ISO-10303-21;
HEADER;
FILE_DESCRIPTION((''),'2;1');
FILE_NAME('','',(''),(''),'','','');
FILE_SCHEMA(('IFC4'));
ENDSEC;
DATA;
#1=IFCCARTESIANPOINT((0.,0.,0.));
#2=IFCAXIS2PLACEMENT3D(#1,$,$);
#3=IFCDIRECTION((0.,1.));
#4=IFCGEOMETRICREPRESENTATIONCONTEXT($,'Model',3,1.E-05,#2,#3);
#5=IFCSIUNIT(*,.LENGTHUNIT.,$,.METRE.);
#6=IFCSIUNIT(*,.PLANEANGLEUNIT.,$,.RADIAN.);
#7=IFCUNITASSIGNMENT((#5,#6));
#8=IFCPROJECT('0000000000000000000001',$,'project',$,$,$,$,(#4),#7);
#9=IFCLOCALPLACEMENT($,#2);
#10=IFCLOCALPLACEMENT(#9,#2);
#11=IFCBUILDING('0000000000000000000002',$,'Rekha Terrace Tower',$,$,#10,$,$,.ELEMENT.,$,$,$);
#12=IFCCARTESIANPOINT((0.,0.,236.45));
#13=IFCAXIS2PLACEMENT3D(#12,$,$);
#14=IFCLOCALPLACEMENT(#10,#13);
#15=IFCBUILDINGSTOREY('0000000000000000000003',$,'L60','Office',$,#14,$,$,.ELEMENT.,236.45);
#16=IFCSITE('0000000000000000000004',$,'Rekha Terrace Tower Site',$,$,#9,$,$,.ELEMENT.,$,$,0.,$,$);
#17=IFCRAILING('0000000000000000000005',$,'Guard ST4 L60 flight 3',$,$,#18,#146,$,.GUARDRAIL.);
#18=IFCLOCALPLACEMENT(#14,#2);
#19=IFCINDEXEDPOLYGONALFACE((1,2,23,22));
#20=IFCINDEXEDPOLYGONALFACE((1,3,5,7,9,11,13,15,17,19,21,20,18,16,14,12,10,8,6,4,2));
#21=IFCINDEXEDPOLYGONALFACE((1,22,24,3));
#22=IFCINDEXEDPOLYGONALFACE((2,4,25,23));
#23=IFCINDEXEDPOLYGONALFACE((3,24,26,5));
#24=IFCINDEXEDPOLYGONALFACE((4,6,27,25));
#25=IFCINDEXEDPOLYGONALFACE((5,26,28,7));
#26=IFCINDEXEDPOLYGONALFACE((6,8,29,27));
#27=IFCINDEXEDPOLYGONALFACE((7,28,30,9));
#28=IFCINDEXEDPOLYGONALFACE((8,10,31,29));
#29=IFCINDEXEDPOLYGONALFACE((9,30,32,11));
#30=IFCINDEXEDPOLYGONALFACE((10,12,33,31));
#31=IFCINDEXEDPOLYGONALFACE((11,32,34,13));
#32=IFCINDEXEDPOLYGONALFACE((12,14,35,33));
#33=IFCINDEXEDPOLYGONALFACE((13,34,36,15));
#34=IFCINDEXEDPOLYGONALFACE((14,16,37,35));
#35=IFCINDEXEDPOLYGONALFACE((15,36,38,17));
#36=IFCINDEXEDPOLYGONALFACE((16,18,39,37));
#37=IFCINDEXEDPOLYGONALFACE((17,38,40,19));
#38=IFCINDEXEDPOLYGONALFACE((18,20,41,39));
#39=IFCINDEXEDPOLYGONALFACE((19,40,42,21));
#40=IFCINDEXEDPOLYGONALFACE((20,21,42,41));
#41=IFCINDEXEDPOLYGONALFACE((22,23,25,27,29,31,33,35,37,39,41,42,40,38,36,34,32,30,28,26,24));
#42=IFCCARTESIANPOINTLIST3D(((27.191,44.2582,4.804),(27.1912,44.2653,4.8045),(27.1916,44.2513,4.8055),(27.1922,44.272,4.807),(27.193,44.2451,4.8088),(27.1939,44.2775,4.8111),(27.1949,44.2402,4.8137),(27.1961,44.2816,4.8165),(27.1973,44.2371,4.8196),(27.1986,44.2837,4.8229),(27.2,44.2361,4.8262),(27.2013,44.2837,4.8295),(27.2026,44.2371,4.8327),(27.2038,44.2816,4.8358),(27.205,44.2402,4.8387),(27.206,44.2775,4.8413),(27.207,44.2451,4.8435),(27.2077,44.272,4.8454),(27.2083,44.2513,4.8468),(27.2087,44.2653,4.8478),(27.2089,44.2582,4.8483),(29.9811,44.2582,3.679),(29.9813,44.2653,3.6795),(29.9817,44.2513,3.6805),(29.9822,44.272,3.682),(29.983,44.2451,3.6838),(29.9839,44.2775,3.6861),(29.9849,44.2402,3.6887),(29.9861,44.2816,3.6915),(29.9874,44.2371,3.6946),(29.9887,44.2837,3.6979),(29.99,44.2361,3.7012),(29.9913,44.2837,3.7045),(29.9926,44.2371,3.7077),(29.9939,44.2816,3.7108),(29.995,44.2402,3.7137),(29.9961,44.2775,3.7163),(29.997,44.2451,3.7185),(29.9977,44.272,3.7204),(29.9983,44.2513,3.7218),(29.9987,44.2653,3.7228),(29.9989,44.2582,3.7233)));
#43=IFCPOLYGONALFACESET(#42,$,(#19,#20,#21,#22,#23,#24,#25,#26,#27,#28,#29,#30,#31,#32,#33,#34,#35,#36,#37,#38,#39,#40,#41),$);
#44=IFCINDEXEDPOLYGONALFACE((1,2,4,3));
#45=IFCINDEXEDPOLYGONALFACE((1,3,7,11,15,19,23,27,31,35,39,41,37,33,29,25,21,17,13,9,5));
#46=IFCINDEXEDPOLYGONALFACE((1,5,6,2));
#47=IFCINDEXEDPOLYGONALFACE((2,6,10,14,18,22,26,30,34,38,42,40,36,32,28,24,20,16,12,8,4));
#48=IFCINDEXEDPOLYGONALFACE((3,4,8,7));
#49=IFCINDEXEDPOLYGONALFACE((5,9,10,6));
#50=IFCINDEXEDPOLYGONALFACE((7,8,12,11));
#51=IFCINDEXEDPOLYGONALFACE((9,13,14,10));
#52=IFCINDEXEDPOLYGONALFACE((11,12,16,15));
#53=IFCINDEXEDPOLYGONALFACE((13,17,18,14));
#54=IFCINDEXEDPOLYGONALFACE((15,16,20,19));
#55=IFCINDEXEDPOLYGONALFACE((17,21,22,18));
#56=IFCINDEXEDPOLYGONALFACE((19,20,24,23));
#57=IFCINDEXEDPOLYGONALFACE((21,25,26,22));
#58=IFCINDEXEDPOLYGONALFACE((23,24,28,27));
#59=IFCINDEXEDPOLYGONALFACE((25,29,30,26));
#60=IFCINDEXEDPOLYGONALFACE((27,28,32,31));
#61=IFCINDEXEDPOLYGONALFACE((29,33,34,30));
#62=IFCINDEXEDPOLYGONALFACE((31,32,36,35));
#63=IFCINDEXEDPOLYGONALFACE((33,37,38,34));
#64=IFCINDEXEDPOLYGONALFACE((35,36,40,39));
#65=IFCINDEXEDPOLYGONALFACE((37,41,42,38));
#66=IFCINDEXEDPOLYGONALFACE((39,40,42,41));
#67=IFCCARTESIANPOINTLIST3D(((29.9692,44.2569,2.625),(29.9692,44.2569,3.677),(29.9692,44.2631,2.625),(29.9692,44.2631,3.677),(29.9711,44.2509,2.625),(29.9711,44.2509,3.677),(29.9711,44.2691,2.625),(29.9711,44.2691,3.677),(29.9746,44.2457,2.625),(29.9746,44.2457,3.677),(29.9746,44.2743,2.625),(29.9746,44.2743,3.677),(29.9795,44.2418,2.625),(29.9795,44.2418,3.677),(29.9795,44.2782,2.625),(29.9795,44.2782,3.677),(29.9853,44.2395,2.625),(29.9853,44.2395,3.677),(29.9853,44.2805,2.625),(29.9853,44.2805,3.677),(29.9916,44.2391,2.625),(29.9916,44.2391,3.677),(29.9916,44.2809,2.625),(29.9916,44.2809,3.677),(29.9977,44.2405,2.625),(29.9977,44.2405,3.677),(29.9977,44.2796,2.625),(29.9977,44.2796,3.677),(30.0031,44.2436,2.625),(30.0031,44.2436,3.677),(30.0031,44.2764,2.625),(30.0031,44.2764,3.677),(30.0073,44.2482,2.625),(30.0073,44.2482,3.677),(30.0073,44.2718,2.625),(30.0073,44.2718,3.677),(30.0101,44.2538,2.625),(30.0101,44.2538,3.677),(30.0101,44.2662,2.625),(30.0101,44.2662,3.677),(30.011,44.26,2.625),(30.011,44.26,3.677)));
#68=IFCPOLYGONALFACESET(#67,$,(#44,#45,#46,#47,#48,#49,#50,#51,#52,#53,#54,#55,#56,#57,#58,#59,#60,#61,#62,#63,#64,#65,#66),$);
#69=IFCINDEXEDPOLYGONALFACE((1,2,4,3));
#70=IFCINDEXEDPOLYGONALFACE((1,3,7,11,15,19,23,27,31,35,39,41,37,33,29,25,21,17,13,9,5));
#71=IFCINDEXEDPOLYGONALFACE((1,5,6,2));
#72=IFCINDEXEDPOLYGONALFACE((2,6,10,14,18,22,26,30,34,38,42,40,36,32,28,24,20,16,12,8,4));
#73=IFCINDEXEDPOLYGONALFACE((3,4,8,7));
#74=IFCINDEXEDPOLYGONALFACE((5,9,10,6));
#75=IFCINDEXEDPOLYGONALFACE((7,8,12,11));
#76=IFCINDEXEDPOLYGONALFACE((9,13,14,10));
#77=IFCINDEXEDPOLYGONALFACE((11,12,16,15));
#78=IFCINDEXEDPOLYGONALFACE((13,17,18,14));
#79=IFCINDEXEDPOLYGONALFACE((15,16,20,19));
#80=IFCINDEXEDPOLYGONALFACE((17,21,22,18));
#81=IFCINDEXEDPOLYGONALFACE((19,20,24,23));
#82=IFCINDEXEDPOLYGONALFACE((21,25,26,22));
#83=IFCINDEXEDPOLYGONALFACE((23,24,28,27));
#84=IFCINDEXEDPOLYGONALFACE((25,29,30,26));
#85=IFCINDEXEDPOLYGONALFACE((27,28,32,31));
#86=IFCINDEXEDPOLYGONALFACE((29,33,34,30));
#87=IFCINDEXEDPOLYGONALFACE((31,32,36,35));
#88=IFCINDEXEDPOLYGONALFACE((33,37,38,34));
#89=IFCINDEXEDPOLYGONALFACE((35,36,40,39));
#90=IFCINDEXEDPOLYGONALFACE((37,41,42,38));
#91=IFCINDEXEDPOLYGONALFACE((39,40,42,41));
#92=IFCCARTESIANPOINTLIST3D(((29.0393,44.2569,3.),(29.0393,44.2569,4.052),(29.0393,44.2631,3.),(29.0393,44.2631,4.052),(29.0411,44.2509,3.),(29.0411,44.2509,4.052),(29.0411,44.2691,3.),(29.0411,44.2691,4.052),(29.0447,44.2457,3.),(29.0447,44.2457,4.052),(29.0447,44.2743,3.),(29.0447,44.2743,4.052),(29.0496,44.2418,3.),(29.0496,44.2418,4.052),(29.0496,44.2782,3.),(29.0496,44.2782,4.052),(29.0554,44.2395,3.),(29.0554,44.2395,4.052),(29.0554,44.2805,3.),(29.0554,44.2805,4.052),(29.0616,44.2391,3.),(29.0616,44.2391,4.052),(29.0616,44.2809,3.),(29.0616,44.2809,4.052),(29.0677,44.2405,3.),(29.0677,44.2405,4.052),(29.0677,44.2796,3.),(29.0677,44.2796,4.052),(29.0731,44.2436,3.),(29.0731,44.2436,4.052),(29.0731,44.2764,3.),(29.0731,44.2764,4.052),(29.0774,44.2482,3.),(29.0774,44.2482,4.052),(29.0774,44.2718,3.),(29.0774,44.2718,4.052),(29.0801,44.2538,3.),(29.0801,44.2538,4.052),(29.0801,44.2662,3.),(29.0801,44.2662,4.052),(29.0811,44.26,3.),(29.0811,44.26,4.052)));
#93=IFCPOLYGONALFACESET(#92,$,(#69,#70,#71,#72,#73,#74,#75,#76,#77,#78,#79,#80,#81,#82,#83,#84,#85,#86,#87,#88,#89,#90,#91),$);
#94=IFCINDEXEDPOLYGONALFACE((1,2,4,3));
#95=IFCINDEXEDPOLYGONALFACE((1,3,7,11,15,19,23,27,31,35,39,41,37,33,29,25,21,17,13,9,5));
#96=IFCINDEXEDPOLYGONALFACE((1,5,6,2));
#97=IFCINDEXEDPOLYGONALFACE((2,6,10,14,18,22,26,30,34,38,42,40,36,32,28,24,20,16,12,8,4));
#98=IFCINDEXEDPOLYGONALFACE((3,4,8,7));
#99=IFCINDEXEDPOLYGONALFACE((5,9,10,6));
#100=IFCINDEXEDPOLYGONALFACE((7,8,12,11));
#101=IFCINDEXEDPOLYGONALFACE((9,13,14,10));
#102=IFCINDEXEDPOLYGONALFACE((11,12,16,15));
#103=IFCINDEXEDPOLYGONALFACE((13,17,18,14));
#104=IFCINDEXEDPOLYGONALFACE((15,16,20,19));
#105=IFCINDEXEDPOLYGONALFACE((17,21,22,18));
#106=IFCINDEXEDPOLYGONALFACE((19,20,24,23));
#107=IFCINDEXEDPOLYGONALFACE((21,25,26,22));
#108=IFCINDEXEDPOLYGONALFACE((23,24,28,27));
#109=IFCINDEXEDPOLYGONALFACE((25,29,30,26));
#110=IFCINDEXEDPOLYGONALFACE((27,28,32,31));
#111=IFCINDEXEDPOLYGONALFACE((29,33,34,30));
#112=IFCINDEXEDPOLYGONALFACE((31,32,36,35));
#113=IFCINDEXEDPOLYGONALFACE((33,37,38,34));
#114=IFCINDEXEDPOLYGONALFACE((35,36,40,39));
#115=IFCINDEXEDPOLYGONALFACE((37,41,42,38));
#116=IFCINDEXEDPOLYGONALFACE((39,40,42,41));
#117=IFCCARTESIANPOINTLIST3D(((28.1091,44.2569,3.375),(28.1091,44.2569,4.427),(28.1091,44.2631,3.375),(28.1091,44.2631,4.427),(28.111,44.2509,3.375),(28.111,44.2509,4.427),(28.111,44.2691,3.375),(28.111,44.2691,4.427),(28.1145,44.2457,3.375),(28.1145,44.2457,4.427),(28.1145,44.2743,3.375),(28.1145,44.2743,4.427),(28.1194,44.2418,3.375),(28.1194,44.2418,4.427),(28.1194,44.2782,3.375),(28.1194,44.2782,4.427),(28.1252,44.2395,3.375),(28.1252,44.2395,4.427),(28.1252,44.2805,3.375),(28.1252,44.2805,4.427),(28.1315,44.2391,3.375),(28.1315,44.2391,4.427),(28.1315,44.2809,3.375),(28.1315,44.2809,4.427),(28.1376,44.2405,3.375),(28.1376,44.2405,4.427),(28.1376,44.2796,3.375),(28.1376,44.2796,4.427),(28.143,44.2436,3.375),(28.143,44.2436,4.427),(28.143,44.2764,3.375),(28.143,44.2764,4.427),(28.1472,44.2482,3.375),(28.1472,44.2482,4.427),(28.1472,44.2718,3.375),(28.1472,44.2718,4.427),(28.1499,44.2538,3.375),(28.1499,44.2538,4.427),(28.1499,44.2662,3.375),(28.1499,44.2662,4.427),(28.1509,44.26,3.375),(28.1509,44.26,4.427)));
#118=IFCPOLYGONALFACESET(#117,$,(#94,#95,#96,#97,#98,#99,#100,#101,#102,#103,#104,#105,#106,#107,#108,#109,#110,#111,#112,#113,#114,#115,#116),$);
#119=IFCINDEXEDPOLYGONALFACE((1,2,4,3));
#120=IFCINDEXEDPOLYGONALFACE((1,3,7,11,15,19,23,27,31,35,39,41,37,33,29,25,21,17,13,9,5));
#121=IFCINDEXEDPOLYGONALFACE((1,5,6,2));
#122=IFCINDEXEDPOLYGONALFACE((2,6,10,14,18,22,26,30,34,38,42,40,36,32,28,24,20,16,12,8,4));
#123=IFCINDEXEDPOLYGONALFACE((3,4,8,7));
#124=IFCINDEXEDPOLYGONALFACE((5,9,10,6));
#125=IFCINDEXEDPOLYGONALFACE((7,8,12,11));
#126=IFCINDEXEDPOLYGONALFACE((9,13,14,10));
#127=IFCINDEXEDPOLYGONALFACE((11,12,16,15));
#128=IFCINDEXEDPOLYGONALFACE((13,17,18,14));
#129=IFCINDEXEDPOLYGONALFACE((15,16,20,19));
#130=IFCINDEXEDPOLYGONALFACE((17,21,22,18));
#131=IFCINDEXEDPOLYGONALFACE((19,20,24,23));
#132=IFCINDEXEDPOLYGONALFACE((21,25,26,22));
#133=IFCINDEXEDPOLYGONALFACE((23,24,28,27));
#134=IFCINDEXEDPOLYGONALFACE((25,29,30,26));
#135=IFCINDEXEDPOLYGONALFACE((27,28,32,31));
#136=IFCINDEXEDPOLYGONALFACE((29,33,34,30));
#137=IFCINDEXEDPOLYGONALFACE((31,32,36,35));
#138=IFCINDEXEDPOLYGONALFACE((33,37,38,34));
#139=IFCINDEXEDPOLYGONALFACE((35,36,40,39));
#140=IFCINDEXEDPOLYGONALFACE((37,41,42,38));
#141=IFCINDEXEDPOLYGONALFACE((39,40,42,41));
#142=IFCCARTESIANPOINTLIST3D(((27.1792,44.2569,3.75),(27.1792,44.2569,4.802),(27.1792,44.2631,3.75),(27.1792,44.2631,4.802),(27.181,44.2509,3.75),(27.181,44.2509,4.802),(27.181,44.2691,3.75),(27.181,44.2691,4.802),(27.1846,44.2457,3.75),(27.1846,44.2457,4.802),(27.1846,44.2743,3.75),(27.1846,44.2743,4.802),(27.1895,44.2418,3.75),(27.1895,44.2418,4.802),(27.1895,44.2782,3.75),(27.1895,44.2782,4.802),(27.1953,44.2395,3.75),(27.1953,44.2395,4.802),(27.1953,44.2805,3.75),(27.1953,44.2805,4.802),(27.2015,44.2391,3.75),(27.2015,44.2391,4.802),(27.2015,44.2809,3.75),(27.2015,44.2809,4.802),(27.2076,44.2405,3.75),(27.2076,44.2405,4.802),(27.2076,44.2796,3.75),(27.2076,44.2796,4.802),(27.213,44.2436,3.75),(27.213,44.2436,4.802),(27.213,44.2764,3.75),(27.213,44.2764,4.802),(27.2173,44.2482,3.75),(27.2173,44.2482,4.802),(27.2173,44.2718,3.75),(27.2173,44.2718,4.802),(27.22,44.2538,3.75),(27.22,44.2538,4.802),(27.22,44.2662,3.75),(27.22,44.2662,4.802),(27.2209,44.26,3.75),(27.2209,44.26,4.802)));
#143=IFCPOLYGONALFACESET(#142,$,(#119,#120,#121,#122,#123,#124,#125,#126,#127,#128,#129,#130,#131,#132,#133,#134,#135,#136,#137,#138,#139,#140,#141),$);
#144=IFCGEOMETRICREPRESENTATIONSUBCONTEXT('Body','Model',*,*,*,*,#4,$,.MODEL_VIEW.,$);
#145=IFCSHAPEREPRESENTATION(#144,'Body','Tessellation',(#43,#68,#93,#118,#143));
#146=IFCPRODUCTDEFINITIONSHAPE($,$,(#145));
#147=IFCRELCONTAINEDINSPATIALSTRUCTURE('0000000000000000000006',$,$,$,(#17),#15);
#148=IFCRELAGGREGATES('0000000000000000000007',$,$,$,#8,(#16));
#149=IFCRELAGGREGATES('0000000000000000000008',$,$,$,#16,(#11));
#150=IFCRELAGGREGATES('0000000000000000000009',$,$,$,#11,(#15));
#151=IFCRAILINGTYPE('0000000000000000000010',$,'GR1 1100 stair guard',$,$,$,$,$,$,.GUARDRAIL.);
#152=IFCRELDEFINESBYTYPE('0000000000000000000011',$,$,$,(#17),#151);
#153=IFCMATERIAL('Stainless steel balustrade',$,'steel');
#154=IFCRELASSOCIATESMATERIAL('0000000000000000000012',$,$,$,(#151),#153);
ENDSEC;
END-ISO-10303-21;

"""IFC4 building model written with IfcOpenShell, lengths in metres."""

from ifc_helpers import new_model, si_unit, direction, frame, origin, origin_2d, place, context, subcontext, project, spatial, circle, extrude, material, type_object, element, save


model = new_model("IFC4")

# Units and contexts
model_context = context("Model", 3, precision=1e-05, world=origin(), true_north=direction((0.0, 1.0)))
body_context = subcontext(model_context, "Body", "Model", "MODEL_VIEW")
ifc_project = project(units=[si_unit("LENGTHUNIT", "METRE"), si_unit("PLANEANGLEUNIT", "RADIAN")], contexts=[model_context])

# Site, building, storey
site_placement = place(None, origin())
site = spatial("IfcSite", under=ifc_project, at=site_placement, Name="Rekha Terrace Tower Site", CompositionType="ELEMENT", RefElevation=0.0)
building_placement = place(site_placement, origin())
building = spatial("IfcBuilding", under=site, at=building_placement, Name="Rekha Terrace Tower", CompositionType="ELEMENT")
storey_placement = place(building_placement, frame((0.0, 0.0, 236.45)))
storey = spatial("IfcBuildingStorey", under=building, at=storey_placement, Name="L60", Description="Office", CompositionType="ELEMENT", Elevation=236.45)

# Railing
ifc_material_1 = material(Name="Stainless steel balustrade", Category="steel")
railing_type_1 = type_object("IfcRailingType", Name="GR1 1100 stair guard", PredefinedType="GUARDRAIL", material=ifc_material_1)
railing_1_placement = place(storey_placement, frame((29.99, 44.26, 2.625)))
element("IfcRailing", 1, at=railing_1_placement, inside=storey, type_object=railing_type_1, Name="Guard ST4 L60 flight 3", PredefinedType="GUARDRAIL", context=body_context, shape_type="SweptSolid", body=[
    extrude(circle(Radius=0.0239, at=origin_2d()), frame((0.0, 0.0, 1.0762), z_axis=(-0.927443, 0.0, 0.373964), x_axis=(0.0, -1.0, 0.0)), (0.0, 0.0, 1.0), 3.0083),
    extrude(circle(Radius=0.021, at=origin_2d()), origin(), (0.0, 0.0, 1.0), 1.052),
    extrude(circle(Radius=0.021, at=origin_2d()), frame((-0.9299, 0.0, 0.375)), (0.0, 0.0, 1.0), 1.052),
    extrude(circle(Radius=0.021, at=origin_2d()), frame((-1.8601, 0.0, 0.75)), (0.0, 0.0, 1.0), 1.052),
    extrude(circle(Radius=0.021, at=origin_2d()), frame((-2.79, 0.0, 1.125)), (0.0, 0.0, 1.0), 1.052),
])

save(model, "model.ifc")
